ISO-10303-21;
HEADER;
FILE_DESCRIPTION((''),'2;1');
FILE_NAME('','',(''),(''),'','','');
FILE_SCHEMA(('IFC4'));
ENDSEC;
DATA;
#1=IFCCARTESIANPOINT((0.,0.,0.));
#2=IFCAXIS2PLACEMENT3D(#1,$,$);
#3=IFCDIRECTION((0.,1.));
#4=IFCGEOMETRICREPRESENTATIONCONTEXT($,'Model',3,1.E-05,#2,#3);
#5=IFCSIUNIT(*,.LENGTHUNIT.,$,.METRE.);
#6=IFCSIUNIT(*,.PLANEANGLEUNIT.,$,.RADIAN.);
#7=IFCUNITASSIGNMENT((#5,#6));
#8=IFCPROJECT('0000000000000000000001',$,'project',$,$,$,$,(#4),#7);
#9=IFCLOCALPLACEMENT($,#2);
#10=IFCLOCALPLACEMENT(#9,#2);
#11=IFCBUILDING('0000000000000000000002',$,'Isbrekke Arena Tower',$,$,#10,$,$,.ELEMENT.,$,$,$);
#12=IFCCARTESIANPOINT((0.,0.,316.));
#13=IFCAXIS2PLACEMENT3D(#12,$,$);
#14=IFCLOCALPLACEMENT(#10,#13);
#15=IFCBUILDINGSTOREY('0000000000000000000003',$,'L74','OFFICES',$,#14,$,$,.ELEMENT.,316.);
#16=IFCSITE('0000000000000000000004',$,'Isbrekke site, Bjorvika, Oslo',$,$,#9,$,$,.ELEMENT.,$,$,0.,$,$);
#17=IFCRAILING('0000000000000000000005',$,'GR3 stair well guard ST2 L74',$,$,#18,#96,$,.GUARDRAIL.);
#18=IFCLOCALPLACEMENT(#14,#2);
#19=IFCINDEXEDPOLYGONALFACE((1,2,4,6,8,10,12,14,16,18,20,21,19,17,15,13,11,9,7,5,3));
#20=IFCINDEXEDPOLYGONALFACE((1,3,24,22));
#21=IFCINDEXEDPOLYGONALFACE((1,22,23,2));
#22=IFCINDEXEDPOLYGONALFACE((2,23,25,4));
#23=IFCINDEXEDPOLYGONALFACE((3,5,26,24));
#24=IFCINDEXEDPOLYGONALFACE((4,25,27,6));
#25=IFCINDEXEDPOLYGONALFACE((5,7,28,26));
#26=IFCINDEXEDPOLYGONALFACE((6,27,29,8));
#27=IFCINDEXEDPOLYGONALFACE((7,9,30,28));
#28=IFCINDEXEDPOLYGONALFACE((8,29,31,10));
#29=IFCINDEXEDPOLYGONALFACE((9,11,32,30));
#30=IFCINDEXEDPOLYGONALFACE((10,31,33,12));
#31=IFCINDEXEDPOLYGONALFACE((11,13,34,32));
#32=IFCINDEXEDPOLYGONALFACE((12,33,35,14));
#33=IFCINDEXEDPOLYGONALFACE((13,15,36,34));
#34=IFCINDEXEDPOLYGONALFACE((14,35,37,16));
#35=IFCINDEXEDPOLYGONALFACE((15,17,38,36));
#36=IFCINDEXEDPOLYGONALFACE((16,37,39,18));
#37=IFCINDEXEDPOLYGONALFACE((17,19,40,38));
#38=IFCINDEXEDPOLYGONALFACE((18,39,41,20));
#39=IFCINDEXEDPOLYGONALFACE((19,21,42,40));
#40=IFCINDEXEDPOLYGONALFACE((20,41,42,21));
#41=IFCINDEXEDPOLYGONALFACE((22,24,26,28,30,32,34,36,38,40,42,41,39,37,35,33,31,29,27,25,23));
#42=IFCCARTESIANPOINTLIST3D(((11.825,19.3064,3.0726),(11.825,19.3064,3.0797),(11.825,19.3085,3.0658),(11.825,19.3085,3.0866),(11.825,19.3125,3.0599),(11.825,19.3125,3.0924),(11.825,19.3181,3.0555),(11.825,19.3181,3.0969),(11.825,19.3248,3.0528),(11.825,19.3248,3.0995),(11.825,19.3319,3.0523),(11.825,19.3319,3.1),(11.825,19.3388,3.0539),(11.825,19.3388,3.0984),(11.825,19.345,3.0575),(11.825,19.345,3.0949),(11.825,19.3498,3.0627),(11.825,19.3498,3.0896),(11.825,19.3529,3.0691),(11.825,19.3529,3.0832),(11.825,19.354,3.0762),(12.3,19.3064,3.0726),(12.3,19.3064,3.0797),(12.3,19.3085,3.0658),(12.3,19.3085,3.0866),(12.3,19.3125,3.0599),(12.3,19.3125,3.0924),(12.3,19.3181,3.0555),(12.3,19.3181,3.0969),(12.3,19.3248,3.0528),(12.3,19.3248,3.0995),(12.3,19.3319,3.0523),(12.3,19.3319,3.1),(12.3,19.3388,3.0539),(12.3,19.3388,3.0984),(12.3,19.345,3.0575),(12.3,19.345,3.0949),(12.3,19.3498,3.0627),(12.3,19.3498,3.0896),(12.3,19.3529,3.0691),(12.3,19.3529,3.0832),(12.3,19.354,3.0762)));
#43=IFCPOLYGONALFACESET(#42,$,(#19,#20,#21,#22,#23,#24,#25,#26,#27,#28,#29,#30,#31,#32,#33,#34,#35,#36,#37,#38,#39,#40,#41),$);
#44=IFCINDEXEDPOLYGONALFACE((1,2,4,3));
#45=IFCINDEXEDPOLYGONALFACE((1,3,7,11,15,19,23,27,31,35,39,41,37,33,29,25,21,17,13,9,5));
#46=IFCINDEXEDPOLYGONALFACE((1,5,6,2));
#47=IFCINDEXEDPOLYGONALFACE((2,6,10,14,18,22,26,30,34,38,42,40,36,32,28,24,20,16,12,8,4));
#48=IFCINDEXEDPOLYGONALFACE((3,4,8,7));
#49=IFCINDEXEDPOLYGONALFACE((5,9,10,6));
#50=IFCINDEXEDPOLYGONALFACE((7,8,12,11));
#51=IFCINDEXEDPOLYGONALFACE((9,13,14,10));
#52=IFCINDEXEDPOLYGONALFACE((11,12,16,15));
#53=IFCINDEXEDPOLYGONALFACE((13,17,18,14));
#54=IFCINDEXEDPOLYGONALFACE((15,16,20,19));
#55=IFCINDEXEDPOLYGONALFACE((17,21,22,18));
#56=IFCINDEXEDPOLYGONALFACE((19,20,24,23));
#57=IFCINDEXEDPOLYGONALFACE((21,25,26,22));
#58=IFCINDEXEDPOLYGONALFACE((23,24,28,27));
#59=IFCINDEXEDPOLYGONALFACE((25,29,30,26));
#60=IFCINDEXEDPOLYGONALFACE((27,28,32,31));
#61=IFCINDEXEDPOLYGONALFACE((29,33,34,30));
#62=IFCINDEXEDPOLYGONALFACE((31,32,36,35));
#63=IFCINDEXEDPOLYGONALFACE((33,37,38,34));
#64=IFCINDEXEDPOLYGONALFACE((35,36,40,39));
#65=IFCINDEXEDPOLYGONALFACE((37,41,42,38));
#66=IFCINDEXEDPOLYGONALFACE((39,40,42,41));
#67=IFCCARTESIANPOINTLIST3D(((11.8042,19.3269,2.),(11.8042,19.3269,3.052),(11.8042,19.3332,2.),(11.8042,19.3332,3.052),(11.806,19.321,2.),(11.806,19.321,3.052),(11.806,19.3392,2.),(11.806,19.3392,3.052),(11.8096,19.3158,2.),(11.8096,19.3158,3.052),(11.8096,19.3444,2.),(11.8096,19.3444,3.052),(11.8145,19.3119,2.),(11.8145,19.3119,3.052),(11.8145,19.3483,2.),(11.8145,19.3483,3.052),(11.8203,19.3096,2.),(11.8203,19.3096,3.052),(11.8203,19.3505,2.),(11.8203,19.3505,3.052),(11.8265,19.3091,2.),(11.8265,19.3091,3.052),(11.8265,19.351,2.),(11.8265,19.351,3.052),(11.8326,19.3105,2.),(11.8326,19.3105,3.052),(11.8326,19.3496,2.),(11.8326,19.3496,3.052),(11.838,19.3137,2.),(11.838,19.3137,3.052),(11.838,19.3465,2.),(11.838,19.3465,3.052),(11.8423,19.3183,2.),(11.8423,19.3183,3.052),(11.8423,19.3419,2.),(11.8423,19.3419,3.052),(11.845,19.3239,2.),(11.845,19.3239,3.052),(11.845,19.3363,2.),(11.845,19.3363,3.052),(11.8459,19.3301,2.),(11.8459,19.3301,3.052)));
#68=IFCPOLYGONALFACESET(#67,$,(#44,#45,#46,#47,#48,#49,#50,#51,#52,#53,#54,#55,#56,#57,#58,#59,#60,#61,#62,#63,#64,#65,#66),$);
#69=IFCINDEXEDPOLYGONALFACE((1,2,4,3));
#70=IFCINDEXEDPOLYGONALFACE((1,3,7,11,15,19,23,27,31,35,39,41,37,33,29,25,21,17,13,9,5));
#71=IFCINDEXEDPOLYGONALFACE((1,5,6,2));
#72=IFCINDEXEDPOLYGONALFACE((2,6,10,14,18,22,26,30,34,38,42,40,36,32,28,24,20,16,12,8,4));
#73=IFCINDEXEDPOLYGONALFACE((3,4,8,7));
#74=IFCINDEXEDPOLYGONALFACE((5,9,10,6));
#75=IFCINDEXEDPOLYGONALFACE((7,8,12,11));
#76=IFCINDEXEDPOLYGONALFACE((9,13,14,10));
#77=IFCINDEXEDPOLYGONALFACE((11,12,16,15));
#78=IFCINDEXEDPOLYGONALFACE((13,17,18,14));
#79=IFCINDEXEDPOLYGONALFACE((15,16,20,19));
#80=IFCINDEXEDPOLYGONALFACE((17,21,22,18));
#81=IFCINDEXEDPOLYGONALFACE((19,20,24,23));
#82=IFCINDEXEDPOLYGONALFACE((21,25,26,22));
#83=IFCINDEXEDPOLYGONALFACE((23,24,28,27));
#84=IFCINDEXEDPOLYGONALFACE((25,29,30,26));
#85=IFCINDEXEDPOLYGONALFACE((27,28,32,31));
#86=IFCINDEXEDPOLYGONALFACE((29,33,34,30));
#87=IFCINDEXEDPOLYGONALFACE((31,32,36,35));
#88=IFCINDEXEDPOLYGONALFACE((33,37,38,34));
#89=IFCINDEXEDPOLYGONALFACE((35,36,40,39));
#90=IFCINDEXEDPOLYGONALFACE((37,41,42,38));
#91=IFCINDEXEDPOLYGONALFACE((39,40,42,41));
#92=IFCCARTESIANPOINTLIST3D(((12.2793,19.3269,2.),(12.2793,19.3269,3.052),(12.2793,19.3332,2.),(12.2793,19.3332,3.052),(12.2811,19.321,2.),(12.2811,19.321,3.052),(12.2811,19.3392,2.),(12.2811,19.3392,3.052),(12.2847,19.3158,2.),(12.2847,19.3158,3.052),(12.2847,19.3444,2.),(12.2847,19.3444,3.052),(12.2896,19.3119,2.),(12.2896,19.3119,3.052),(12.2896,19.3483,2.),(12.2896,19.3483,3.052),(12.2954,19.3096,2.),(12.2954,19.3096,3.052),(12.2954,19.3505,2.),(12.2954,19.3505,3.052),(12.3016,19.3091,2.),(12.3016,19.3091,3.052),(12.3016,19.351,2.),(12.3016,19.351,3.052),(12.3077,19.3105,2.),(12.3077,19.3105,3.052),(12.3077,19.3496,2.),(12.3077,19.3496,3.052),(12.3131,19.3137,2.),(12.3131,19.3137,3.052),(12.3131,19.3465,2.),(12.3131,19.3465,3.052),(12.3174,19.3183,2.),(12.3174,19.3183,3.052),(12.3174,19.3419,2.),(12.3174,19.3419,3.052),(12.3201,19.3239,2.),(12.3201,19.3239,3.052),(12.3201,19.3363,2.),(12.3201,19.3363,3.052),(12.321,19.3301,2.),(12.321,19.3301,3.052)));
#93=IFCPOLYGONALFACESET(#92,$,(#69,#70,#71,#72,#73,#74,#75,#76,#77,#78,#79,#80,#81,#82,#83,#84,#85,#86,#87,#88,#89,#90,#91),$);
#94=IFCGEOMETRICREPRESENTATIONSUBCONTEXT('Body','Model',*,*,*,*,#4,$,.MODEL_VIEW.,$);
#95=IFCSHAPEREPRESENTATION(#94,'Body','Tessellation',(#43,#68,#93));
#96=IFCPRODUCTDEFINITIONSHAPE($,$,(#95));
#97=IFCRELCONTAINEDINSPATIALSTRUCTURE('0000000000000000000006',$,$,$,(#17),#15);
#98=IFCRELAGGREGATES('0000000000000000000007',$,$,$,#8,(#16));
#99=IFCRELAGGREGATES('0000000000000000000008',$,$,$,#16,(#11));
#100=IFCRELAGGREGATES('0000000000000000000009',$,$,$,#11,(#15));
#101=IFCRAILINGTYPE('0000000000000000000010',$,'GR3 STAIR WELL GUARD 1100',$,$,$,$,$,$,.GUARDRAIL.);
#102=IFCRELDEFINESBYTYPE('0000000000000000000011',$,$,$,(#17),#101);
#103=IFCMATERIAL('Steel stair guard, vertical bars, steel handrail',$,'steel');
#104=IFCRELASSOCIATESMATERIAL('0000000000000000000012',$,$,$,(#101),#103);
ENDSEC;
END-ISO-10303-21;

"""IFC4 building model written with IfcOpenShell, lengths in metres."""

from ifc_helpers import new_model, si_unit, direction, frame, origin, origin_2d, place, context, subcontext, project, spatial, circle, extrude, material, type_object, element, save


model = new_model("IFC4")

# Units and contexts
model_context = context("Model", 3, precision=1e-05, world=origin(), true_north=direction((0.0, 1.0)))
body_context = subcontext(model_context, "Body", "Model", "MODEL_VIEW")
ifc_project = project(units=[si_unit("LENGTHUNIT", "METRE"), si_unit("PLANEANGLEUNIT", "RADIAN")], contexts=[model_context])

# Site, building, storey
site_placement = place(None, origin())
site = spatial("IfcSite", under=ifc_project, at=site_placement, Name="Isbrekke site, Bjorvika, Oslo", CompositionType="ELEMENT", RefElevation=0.0)
building_placement = place(site_placement, origin())
building = spatial("IfcBuilding", under=site, at=building_placement, Name="Isbrekke Arena Tower", CompositionType="ELEMENT")
storey_placement = place(building_placement, frame((0.0, 0.0, 316.0)))
storey = spatial("IfcBuildingStorey", under=building, at=storey_placement, Name="L74", Description="OFFICES", CompositionType="ELEMENT", Elevation=316.0)

# Railing
ifc_material_1 = material(Name="Steel stair guard, vertical bars, steel handrail", Category="steel")
railing_type = type_object("IfcRailingType", Name="GR3 STAIR WELL GUARD 1100", PredefinedType="GUARDRAIL", material=ifc_material_1)
for number, where, name in (
    (1, (11.825, 19.3301, 2.0), "GR3 stair well guard ST2 L74"),
):
    element("IfcRailing", number, at=place(storey_placement, frame(where)), inside=storey, type_object=railing_type, Name=name, PredefinedType="GUARDRAIL", context=body_context, shape_type="SweptSolid", body=[
        extrude(circle(Radius=0.0239, at=origin_2d()), frame((0.0, 0.0, 1.0762), z_axis=(1.0, 0.0, 0.0), x_axis=(0.0, 1.0, 0.0)), (0.0, 0.0, 1.0), 0.4751),
        extrude(circle(Radius=0.021, at=origin_2d()), origin(), (0.0, 0.0, 1.0), 1.052),
        extrude(circle(Radius=0.021, at=origin_2d()), frame((0.4751, 0.0, 0.0)), (0.0, 0.0, 1.0), 1.052),
    ])

save(model, "model.ifc")
